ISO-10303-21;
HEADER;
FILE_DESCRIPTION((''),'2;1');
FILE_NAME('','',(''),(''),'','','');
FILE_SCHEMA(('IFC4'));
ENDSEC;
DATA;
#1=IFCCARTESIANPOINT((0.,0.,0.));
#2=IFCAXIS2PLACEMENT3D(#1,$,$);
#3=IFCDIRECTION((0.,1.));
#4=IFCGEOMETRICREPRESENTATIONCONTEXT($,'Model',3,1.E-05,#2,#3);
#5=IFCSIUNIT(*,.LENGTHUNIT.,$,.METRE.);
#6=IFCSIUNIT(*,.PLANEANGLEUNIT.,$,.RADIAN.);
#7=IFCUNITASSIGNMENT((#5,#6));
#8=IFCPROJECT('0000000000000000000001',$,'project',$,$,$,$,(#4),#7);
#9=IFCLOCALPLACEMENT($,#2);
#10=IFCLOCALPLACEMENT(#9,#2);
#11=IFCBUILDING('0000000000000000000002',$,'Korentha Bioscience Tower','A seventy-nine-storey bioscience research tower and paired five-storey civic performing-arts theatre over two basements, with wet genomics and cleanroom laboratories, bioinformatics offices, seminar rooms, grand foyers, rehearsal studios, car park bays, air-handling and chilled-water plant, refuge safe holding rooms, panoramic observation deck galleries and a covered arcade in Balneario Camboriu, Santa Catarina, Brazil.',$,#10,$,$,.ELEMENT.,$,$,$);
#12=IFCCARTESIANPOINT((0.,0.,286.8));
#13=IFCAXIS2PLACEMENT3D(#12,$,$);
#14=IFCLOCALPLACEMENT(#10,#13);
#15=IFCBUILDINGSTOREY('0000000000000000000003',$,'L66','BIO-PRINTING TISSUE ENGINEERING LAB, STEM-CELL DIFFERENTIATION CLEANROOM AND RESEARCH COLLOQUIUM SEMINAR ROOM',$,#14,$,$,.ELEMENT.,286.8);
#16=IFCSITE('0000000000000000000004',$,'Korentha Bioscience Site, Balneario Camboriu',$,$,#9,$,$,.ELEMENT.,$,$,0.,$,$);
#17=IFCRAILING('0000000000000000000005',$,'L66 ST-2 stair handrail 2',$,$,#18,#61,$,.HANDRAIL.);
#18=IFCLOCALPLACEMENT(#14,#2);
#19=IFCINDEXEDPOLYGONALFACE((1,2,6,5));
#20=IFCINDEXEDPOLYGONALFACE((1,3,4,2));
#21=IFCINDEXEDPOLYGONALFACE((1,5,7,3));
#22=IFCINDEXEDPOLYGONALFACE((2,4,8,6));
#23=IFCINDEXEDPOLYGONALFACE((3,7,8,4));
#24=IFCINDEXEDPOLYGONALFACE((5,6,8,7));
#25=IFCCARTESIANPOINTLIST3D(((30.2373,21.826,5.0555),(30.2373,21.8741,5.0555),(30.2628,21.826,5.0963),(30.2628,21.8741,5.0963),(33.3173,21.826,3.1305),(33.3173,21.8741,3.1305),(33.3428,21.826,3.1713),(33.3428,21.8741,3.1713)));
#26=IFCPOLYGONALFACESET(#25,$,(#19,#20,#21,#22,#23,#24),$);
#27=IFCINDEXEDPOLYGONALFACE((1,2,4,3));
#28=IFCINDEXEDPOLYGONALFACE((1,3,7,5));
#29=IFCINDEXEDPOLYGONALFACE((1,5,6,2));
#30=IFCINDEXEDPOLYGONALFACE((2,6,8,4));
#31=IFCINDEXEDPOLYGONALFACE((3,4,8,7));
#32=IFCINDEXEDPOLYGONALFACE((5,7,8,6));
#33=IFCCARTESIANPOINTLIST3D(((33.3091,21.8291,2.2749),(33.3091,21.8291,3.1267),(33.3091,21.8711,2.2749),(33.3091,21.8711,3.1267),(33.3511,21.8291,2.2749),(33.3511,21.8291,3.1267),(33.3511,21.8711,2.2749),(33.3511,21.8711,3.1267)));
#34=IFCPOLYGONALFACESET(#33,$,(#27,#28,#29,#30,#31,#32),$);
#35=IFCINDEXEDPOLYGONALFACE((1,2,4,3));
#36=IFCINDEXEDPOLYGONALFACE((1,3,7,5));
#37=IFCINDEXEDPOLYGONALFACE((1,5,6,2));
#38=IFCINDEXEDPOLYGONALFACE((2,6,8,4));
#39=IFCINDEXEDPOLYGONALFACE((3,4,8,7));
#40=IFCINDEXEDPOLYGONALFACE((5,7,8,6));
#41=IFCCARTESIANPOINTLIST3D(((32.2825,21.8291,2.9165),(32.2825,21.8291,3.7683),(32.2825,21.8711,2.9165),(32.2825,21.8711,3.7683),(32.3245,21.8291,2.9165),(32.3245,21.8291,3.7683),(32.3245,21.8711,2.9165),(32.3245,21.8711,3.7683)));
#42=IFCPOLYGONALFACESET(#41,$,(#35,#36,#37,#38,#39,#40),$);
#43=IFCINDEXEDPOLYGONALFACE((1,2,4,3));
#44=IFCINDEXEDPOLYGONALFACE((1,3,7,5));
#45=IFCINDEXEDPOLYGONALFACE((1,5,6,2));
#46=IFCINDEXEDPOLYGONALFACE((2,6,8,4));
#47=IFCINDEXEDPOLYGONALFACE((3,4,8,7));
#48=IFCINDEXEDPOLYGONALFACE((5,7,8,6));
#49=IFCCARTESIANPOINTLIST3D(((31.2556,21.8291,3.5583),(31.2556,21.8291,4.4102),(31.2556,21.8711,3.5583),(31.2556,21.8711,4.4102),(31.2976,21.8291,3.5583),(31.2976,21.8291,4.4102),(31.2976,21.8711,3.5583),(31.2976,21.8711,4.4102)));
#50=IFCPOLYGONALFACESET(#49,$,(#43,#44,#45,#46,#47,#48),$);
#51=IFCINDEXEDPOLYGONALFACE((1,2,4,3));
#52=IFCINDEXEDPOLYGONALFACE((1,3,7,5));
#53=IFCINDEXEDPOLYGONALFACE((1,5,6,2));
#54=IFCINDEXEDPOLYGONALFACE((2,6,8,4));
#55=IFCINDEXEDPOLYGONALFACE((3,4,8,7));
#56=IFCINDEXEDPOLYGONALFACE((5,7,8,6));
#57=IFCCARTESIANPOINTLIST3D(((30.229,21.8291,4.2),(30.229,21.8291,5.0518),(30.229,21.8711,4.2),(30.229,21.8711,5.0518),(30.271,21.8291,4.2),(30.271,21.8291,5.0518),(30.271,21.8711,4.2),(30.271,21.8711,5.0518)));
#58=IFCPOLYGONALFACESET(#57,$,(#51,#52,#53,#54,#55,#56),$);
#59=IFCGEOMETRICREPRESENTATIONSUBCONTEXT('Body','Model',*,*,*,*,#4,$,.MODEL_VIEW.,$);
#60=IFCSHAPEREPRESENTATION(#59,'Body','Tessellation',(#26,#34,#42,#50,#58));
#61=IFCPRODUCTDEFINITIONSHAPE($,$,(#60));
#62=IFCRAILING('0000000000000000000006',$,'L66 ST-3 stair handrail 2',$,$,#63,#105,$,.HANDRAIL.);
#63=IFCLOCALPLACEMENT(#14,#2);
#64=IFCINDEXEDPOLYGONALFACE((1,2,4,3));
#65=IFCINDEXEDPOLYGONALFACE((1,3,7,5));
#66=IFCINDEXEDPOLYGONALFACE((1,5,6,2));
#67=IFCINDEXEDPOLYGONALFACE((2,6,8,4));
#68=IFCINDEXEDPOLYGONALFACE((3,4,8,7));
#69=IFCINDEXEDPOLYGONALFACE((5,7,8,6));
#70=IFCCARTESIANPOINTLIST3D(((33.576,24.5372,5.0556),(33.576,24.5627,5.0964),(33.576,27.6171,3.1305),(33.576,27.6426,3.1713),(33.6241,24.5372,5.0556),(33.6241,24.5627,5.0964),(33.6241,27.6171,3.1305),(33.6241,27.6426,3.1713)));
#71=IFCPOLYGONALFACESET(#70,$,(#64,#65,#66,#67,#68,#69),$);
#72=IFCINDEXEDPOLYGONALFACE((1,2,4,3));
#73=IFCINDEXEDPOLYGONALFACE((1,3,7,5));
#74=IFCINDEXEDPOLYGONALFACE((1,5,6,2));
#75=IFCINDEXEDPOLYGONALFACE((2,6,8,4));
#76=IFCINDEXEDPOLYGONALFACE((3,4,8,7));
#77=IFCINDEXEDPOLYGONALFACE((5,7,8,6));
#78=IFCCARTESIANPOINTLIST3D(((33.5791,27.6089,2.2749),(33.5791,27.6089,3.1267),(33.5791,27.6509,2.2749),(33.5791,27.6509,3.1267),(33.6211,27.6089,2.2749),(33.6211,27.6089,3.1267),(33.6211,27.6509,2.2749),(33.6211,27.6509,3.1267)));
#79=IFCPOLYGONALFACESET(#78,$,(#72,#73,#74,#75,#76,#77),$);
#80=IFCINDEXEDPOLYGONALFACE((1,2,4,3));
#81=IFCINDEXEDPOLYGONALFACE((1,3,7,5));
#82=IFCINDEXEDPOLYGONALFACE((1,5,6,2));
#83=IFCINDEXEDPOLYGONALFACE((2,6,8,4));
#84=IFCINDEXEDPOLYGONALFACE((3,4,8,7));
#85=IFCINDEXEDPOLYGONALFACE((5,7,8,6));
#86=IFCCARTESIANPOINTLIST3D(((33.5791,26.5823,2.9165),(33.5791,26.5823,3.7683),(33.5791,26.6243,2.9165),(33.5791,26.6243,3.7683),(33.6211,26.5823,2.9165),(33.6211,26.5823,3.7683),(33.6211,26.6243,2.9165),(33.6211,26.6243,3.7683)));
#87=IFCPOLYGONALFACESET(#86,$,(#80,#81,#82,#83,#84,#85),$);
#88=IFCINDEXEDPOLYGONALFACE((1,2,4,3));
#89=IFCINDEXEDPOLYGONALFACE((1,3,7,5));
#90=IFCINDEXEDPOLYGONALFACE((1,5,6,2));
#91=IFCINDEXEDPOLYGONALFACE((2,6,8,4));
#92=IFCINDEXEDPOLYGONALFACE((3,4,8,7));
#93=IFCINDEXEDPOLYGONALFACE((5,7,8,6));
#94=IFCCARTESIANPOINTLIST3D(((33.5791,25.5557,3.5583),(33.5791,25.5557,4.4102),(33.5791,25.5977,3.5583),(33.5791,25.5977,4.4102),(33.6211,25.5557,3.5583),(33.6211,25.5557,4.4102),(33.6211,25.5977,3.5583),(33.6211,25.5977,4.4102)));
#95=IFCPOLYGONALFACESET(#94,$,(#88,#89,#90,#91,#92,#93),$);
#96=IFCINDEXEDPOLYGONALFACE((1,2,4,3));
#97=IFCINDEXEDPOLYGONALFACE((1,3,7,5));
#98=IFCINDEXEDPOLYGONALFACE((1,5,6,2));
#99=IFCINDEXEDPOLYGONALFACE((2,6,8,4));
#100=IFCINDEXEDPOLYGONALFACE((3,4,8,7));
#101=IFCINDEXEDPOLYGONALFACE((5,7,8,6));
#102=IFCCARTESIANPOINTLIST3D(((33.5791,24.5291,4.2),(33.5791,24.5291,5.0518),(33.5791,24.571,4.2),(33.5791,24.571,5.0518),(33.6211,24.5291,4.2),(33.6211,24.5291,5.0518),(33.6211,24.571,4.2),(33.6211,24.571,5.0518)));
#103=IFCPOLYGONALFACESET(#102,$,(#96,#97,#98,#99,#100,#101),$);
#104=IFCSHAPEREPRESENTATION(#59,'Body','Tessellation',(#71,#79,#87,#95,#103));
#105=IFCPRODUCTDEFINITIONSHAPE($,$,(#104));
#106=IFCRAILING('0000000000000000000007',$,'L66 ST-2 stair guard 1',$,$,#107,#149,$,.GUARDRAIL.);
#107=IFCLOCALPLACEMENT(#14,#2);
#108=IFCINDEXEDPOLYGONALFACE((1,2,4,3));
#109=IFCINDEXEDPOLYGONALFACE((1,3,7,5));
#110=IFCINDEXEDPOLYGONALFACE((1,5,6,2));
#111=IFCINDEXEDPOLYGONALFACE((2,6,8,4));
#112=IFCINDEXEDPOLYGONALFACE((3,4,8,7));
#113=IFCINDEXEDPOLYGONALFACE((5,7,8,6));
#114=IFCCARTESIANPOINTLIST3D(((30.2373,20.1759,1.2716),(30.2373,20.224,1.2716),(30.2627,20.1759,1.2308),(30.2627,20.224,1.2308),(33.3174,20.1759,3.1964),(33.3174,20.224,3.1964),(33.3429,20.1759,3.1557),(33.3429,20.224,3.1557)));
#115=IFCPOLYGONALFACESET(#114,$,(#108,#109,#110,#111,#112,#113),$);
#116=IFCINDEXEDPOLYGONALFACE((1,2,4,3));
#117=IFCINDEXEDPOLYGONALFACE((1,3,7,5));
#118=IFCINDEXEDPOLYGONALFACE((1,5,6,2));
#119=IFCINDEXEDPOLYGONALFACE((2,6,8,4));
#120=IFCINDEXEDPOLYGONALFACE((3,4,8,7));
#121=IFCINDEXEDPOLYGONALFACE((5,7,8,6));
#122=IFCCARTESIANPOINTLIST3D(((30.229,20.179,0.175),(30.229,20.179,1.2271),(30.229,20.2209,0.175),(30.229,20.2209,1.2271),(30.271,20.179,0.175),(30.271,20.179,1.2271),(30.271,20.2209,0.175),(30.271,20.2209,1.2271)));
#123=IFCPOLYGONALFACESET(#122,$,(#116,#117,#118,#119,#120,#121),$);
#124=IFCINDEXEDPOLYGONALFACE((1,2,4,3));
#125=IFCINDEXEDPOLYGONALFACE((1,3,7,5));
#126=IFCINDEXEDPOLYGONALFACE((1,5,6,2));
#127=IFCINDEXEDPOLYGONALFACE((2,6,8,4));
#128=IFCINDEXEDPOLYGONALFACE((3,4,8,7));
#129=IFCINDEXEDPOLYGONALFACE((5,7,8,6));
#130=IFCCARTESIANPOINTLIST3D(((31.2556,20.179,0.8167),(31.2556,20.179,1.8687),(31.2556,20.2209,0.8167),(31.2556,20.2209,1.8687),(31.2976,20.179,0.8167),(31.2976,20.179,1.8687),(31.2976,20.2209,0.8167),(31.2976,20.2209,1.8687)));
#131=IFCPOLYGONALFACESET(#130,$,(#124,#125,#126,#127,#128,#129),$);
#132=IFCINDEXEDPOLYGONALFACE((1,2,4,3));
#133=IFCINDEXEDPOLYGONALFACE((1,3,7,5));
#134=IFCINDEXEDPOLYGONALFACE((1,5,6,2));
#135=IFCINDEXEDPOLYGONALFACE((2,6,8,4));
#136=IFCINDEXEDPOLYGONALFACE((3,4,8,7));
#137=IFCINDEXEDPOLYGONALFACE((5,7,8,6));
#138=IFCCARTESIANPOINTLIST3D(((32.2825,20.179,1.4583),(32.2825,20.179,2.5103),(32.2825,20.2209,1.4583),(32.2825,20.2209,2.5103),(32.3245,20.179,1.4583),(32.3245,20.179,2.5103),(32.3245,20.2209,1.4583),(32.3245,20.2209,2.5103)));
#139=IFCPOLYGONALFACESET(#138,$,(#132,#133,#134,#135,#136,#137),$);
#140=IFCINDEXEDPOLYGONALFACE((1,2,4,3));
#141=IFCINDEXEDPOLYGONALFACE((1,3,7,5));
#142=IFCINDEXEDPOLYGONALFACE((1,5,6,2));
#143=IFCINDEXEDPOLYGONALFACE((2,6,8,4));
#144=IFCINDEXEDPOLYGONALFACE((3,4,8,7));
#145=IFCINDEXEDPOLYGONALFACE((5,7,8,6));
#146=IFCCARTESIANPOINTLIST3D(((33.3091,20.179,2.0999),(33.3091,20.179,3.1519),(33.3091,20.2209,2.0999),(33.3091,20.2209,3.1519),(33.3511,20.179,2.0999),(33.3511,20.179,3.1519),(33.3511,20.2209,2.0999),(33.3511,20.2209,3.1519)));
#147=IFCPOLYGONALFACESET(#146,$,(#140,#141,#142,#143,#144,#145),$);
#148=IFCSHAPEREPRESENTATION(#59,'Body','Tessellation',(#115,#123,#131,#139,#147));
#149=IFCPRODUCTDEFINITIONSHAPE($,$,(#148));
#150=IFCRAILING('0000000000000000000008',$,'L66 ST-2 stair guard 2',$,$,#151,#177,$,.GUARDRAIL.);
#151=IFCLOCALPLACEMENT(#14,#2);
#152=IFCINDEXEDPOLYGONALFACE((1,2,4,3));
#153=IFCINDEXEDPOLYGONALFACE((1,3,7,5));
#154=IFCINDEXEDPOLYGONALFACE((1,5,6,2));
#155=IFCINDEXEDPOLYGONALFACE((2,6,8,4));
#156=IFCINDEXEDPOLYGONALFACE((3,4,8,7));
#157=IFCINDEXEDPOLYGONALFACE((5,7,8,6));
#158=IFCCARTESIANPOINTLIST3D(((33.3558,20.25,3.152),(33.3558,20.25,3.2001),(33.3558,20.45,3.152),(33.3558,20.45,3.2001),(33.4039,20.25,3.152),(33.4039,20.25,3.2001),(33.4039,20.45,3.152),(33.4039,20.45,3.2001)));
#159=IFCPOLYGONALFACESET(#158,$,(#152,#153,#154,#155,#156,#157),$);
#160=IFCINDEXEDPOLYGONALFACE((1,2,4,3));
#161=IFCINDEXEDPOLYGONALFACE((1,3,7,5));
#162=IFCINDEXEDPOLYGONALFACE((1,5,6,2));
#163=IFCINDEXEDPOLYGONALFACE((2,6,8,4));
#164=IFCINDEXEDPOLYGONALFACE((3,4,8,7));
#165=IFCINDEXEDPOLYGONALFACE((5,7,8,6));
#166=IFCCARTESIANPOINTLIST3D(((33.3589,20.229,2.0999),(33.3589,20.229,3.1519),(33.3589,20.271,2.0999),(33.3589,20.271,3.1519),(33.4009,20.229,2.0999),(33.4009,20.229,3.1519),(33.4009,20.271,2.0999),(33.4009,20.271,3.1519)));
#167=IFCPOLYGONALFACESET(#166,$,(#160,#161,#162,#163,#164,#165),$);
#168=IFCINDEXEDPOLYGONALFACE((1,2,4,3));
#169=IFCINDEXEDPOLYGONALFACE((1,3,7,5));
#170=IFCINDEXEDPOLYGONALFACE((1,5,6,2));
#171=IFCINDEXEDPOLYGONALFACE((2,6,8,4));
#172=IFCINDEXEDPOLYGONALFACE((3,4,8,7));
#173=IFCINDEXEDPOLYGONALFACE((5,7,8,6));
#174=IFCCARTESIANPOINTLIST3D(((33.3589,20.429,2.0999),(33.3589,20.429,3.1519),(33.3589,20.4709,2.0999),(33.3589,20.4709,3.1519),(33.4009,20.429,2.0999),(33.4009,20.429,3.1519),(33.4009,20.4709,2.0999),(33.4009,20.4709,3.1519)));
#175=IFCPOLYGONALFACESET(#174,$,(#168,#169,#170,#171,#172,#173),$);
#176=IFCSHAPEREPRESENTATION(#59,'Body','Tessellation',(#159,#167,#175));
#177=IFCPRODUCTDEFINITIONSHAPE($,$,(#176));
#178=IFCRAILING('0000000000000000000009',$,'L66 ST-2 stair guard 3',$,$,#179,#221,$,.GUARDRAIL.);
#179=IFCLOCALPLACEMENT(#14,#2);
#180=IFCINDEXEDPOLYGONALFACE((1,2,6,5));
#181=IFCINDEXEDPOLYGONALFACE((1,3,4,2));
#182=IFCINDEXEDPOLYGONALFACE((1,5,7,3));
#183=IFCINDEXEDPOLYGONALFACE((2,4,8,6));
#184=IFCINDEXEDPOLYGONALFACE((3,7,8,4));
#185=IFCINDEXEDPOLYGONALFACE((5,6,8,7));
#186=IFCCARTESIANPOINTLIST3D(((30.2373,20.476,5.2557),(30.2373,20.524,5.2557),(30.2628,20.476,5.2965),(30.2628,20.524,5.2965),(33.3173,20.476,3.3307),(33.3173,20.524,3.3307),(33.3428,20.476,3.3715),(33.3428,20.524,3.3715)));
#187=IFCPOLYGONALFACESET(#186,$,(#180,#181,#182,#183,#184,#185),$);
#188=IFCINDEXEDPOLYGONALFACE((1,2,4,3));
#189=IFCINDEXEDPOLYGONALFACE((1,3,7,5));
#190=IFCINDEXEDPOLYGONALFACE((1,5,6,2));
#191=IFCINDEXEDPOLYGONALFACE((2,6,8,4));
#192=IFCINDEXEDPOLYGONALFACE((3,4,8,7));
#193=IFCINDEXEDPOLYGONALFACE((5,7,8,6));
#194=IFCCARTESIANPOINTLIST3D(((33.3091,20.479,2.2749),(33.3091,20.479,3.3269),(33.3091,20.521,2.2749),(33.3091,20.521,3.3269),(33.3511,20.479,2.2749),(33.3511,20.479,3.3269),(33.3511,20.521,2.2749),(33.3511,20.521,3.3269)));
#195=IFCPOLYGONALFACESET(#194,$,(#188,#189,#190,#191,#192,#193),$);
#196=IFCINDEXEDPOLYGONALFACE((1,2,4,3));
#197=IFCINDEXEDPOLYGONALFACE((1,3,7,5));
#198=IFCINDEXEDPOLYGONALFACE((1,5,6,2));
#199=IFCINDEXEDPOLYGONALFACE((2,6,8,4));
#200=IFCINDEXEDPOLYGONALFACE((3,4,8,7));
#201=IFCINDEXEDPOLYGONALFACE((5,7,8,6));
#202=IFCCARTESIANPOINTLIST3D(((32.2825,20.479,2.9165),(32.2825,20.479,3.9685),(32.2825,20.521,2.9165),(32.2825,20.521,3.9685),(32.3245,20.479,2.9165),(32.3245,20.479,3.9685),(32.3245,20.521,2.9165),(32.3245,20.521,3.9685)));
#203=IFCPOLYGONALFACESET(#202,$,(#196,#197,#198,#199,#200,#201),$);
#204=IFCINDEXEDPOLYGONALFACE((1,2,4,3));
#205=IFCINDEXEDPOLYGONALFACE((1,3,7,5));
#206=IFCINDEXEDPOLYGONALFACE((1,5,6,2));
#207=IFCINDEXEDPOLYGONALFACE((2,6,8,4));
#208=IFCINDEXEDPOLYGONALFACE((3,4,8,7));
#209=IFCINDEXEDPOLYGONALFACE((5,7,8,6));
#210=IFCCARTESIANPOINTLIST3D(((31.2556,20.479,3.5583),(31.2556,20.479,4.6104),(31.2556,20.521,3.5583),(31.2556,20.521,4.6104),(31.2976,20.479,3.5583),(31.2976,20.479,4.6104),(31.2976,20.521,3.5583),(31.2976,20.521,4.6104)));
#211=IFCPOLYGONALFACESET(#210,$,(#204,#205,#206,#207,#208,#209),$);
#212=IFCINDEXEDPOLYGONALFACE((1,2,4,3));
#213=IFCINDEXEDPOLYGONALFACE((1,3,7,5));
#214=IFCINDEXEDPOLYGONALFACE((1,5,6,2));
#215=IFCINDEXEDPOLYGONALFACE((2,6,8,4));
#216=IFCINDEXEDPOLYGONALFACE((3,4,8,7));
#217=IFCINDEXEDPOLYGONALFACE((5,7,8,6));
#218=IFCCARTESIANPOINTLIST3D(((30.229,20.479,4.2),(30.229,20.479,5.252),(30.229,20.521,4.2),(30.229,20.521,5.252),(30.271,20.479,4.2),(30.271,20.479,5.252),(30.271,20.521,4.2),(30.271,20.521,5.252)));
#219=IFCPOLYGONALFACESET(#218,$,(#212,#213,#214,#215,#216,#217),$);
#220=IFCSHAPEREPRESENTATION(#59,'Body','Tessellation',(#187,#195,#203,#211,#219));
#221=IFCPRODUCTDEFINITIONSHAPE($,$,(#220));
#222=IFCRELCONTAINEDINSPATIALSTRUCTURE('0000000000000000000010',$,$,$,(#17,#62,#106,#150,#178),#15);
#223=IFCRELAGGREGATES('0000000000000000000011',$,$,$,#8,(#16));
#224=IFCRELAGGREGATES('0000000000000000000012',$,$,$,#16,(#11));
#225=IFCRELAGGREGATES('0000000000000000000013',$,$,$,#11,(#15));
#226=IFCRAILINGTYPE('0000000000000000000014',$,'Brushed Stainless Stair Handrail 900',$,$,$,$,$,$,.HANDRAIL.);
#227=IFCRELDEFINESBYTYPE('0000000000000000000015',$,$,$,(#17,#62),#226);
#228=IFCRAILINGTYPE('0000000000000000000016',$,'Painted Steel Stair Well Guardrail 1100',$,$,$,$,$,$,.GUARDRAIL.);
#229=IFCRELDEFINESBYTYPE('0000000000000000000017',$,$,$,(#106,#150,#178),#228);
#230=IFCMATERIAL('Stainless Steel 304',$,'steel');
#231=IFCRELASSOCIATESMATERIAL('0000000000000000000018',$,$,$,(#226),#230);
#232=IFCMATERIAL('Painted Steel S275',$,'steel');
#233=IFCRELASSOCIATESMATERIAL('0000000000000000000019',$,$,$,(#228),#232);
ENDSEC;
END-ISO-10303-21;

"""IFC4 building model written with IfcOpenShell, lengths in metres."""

from ifc_helpers import new_model, si_unit, direction, frame, origin, origin_2d, place, context, subcontext, project, spatial, rectangle, extrude, material, type_object, element, save


model = new_model("IFC4")

# Units and contexts
model_context = context("Model", 3, precision=1e-05, world=origin(), true_north=direction((0.0, 1.0)))
body_context = subcontext(model_context, "Body", "Model", "MODEL_VIEW")
ifc_project = project(units=[si_unit("LENGTHUNIT", "METRE"), si_unit("PLANEANGLEUNIT", "RADIAN")], contexts=[model_context])

# Site, building, storey
site_placement = place(None, origin())
site = spatial("IfcSite", under=ifc_project, at=site_placement, Name="Korentha Bioscience Site, Balneario Camboriu", CompositionType="ELEMENT", RefElevation=0.0)
building_placement = place(site_placement, origin())
building = spatial("IfcBuilding", under=site, at=building_placement, Name="Korentha Bioscience Tower", Description="A seventy-nine-storey bioscience research tower and paired five-storey civic performing-arts theatre over two basements, with wet genomics and cleanroom laboratories, bioinformatics offices, seminar rooms, grand foyers, rehearsal studios, car park bays, air-handling and chilled-water plant, refuge safe holding rooms, panoramic observation deck galleries and a covered arcade in Balneario Camboriu, Santa Catarina, Brazil.", CompositionType="ELEMENT")
storey_placement = place(building_placement, frame((0.0, 0.0, 286.8)))
storey = spatial("IfcBuildingStorey", under=building, at=storey_placement, Name="L66", Description="BIO-PRINTING TISSUE ENGINEERING LAB, STEM-CELL DIFFERENTIATION CLEANROOM AND RESEARCH COLLOQUIUM SEMINAR ROOM", CompositionType="ELEMENT", Elevation=286.8)

# Railings
ifc_material_1 = material(Name="Stainless Steel 304", Category="steel")
railing_type_1 = type_object("IfcRailingType", Name="Brushed Stainless Stair Handrail 900", PredefinedType="HANDRAIL", material=ifc_material_1)
railing_1_placement = place(storey_placement, frame((33.3301, 21.8501, 2.2749)))
element("IfcRailing", 1, at=railing_1_placement, inside=storey, type_object=railing_type_1, Name="L66 ST-2 stair handrail 2", PredefinedType="HANDRAIL", context=body_context, shape_type="SweptSolid", body=[
    extrude(rectangle(XDim=0.0481, YDim=0.0481, at=origin_2d()), frame((0.0, 0.0, 0.876), z_axis=(-0.847998, 0.0, 0.529999), x_axis=(0.0, -1.0, 0.0)), (0.0, 0.0, 1.0), 3.6321),
    extrude(rectangle(XDim=0.042, YDim=0.042, at=origin_2d()), origin(), (0.0, 0.0, 1.0), 0.8518),
    extrude(rectangle(XDim=0.042, YDim=0.042, at=origin_2d()), frame((-1.0266, 0.0, 0.6416)), (0.0, 0.0, 1.0), 0.8518),
    extrude(rectangle(XDim=0.042, YDim=0.042, at=origin_2d()), frame((-2.0535, 0.0, 1.2834)), (0.0, 0.0, 1.0), 0.8518),
    extrude(rectangle(XDim=0.042, YDim=0.042, at=origin_2d()), frame((-3.0801, 0.0, 1.925)), (0.0, 0.0, 1.0), 0.8518),
])
railing_2_placement = place(storey_placement, frame((33.6001, 27.6299, 2.2749)))
element("IfcRailing", 2, at=railing_2_placement, inside=storey, type_object=railing_type_1, Name="L66 ST-3 stair handrail 2", PredefinedType="HANDRAIL", context=body_context, shape_type="SweptSolid", body=[
    extrude(rectangle(XDim=0.0481, YDim=0.0481, at=origin_2d()), frame((0.0, 0.0, 0.876), z_axis=(0.0, -0.847979, 0.530029), x_axis=(1.0, 0.0, 0.0)), (0.0, 0.0, 1.0), 3.6321),
    extrude(rectangle(XDim=0.042, YDim=0.042, at=origin_2d()), origin(), (0.0, 0.0, 1.0), 0.8518),
    extrude(rectangle(XDim=0.042, YDim=0.042, at=origin_2d()), frame((0.0, -1.0266, 0.6416)), (0.0, 0.0, 1.0), 0.8518),
    extrude(rectangle(XDim=0.042, YDim=0.042, at=origin_2d()), frame((0.0, -2.0532, 1.2834)), (0.0, 0.0, 1.0), 0.8518),
    extrude(rectangle(XDim=0.042, YDim=0.042, at=origin_2d()), frame((0.0, -3.0798, 1.925)), (0.0, 0.0, 1.0), 0.8518),
])
ifc_material_2 = material(Name="Painted Steel S275", Category="steel")
railing_type_2 = type_object("IfcRailingType", Name="Painted Steel Stair Well Guardrail 1100", PredefinedType="GUARDRAIL", material=ifc_material_2)
railing_3_placement = place(storey_placement, frame((30.25, 20.2, 0.175)))
element("IfcRailing", 3, at=railing_3_placement, inside=storey, type_object=railing_type_2, Name="L66 ST-2 stair guard 1", PredefinedType="GUARDRAIL", context=body_context, shape_type="SweptSolid", body=[
    extrude(rectangle(XDim=0.0481, YDim=0.0481, at=origin_2d()), frame((0.0, 0.0, 1.0762), z_axis=(0.848029, 0.0, 0.529951), x_axis=(0.0, 1.0, 0.0)), (0.0, 0.0, 1.0), 3.6321),
    extrude(rectangle(XDim=0.042, YDim=0.042, at=origin_2d()), origin(), (0.0, 0.0, 1.0), 1.052),
    extrude(rectangle(XDim=0.042, YDim=0.042, at=origin_2d()), frame((1.0266, 0.0, 0.6416)), (0.0, 0.0, 1.0), 1.052),
    extrude(rectangle(XDim=0.042, YDim=0.042, at=origin_2d()), frame((2.0535, 0.0, 1.2832)), (0.0, 0.0, 1.0), 1.052),
    extrude(rectangle(XDim=0.042, YDim=0.042, at=origin_2d()), frame((3.0801, 0.0, 1.9248)), (0.0, 0.0, 1.0), 1.052),
])
railing_4_placement = place(storey_placement, frame((33.3799, 20.25, 2.0999)))
element("IfcRailing", 4, at=railing_4_placement, inside=storey, type_object=railing_type_2, Name="L66 ST-2 stair guard 2", PredefinedType="GUARDRAIL", context=body_context, shape_type="SweptSolid", body=[
    extrude(rectangle(XDim=0.0481, YDim=0.0481, at=origin_2d()), frame((0.0, 0.0, 1.0762), z_axis=(0.0, 1.0, 0.0), x_axis=(-1.0, 0.0, 0.0)), (0.0, 0.0, 1.0), 0.2),
    extrude(rectangle(XDim=0.042, YDim=0.042, at=origin_2d()), origin(), (0.0, 0.0, 1.0), 1.052),
    extrude(rectangle(XDim=0.042, YDim=0.042, at=origin_2d()), frame((0.0, 0.2, 0.0)), (0.0, 0.0, 1.0), 1.052),
])
railing_5_placement = place(storey_placement, frame((33.3301, 20.5, 2.2749)))
element("IfcRailing", 5, at=railing_5_placement, inside=storey, type_object=railing_type_2, Name="L66 ST-2 stair guard 3", PredefinedType="GUARDRAIL", context=body_context, shape_type="SweptSolid", body=[
    extrude(rectangle(XDim=0.0481, YDim=0.0481, at=origin_2d()), frame((0.0, 0.0, 1.0762), z_axis=(-0.847998, 0.0, 0.529999), x_axis=(0.0, -1.0, 0.0)), (0.0, 0.0, 1.0), 3.6321),
    extrude(rectangle(XDim=0.042, YDim=0.042, at=origin_2d()), origin(), (0.0, 0.0, 1.0), 1.052),
    extrude(rectangle(XDim=0.042, YDim=0.042, at=origin_2d()), frame((-1.0266, 0.0, 0.6416)), (0.0, 0.0, 1.0), 1.052),
    extrude(rectangle(XDim=0.042, YDim=0.042, at=origin_2d()), frame((-2.0535, 0.0, 1.2834)), (0.0, 0.0, 1.0), 1.052),
    extrude(rectangle(XDim=0.042, YDim=0.042, at=origin_2d()), frame((-3.0801, 0.0, 1.925)), (0.0, 0.0, 1.0), 1.052),
])

save(model, "model.ifc")
